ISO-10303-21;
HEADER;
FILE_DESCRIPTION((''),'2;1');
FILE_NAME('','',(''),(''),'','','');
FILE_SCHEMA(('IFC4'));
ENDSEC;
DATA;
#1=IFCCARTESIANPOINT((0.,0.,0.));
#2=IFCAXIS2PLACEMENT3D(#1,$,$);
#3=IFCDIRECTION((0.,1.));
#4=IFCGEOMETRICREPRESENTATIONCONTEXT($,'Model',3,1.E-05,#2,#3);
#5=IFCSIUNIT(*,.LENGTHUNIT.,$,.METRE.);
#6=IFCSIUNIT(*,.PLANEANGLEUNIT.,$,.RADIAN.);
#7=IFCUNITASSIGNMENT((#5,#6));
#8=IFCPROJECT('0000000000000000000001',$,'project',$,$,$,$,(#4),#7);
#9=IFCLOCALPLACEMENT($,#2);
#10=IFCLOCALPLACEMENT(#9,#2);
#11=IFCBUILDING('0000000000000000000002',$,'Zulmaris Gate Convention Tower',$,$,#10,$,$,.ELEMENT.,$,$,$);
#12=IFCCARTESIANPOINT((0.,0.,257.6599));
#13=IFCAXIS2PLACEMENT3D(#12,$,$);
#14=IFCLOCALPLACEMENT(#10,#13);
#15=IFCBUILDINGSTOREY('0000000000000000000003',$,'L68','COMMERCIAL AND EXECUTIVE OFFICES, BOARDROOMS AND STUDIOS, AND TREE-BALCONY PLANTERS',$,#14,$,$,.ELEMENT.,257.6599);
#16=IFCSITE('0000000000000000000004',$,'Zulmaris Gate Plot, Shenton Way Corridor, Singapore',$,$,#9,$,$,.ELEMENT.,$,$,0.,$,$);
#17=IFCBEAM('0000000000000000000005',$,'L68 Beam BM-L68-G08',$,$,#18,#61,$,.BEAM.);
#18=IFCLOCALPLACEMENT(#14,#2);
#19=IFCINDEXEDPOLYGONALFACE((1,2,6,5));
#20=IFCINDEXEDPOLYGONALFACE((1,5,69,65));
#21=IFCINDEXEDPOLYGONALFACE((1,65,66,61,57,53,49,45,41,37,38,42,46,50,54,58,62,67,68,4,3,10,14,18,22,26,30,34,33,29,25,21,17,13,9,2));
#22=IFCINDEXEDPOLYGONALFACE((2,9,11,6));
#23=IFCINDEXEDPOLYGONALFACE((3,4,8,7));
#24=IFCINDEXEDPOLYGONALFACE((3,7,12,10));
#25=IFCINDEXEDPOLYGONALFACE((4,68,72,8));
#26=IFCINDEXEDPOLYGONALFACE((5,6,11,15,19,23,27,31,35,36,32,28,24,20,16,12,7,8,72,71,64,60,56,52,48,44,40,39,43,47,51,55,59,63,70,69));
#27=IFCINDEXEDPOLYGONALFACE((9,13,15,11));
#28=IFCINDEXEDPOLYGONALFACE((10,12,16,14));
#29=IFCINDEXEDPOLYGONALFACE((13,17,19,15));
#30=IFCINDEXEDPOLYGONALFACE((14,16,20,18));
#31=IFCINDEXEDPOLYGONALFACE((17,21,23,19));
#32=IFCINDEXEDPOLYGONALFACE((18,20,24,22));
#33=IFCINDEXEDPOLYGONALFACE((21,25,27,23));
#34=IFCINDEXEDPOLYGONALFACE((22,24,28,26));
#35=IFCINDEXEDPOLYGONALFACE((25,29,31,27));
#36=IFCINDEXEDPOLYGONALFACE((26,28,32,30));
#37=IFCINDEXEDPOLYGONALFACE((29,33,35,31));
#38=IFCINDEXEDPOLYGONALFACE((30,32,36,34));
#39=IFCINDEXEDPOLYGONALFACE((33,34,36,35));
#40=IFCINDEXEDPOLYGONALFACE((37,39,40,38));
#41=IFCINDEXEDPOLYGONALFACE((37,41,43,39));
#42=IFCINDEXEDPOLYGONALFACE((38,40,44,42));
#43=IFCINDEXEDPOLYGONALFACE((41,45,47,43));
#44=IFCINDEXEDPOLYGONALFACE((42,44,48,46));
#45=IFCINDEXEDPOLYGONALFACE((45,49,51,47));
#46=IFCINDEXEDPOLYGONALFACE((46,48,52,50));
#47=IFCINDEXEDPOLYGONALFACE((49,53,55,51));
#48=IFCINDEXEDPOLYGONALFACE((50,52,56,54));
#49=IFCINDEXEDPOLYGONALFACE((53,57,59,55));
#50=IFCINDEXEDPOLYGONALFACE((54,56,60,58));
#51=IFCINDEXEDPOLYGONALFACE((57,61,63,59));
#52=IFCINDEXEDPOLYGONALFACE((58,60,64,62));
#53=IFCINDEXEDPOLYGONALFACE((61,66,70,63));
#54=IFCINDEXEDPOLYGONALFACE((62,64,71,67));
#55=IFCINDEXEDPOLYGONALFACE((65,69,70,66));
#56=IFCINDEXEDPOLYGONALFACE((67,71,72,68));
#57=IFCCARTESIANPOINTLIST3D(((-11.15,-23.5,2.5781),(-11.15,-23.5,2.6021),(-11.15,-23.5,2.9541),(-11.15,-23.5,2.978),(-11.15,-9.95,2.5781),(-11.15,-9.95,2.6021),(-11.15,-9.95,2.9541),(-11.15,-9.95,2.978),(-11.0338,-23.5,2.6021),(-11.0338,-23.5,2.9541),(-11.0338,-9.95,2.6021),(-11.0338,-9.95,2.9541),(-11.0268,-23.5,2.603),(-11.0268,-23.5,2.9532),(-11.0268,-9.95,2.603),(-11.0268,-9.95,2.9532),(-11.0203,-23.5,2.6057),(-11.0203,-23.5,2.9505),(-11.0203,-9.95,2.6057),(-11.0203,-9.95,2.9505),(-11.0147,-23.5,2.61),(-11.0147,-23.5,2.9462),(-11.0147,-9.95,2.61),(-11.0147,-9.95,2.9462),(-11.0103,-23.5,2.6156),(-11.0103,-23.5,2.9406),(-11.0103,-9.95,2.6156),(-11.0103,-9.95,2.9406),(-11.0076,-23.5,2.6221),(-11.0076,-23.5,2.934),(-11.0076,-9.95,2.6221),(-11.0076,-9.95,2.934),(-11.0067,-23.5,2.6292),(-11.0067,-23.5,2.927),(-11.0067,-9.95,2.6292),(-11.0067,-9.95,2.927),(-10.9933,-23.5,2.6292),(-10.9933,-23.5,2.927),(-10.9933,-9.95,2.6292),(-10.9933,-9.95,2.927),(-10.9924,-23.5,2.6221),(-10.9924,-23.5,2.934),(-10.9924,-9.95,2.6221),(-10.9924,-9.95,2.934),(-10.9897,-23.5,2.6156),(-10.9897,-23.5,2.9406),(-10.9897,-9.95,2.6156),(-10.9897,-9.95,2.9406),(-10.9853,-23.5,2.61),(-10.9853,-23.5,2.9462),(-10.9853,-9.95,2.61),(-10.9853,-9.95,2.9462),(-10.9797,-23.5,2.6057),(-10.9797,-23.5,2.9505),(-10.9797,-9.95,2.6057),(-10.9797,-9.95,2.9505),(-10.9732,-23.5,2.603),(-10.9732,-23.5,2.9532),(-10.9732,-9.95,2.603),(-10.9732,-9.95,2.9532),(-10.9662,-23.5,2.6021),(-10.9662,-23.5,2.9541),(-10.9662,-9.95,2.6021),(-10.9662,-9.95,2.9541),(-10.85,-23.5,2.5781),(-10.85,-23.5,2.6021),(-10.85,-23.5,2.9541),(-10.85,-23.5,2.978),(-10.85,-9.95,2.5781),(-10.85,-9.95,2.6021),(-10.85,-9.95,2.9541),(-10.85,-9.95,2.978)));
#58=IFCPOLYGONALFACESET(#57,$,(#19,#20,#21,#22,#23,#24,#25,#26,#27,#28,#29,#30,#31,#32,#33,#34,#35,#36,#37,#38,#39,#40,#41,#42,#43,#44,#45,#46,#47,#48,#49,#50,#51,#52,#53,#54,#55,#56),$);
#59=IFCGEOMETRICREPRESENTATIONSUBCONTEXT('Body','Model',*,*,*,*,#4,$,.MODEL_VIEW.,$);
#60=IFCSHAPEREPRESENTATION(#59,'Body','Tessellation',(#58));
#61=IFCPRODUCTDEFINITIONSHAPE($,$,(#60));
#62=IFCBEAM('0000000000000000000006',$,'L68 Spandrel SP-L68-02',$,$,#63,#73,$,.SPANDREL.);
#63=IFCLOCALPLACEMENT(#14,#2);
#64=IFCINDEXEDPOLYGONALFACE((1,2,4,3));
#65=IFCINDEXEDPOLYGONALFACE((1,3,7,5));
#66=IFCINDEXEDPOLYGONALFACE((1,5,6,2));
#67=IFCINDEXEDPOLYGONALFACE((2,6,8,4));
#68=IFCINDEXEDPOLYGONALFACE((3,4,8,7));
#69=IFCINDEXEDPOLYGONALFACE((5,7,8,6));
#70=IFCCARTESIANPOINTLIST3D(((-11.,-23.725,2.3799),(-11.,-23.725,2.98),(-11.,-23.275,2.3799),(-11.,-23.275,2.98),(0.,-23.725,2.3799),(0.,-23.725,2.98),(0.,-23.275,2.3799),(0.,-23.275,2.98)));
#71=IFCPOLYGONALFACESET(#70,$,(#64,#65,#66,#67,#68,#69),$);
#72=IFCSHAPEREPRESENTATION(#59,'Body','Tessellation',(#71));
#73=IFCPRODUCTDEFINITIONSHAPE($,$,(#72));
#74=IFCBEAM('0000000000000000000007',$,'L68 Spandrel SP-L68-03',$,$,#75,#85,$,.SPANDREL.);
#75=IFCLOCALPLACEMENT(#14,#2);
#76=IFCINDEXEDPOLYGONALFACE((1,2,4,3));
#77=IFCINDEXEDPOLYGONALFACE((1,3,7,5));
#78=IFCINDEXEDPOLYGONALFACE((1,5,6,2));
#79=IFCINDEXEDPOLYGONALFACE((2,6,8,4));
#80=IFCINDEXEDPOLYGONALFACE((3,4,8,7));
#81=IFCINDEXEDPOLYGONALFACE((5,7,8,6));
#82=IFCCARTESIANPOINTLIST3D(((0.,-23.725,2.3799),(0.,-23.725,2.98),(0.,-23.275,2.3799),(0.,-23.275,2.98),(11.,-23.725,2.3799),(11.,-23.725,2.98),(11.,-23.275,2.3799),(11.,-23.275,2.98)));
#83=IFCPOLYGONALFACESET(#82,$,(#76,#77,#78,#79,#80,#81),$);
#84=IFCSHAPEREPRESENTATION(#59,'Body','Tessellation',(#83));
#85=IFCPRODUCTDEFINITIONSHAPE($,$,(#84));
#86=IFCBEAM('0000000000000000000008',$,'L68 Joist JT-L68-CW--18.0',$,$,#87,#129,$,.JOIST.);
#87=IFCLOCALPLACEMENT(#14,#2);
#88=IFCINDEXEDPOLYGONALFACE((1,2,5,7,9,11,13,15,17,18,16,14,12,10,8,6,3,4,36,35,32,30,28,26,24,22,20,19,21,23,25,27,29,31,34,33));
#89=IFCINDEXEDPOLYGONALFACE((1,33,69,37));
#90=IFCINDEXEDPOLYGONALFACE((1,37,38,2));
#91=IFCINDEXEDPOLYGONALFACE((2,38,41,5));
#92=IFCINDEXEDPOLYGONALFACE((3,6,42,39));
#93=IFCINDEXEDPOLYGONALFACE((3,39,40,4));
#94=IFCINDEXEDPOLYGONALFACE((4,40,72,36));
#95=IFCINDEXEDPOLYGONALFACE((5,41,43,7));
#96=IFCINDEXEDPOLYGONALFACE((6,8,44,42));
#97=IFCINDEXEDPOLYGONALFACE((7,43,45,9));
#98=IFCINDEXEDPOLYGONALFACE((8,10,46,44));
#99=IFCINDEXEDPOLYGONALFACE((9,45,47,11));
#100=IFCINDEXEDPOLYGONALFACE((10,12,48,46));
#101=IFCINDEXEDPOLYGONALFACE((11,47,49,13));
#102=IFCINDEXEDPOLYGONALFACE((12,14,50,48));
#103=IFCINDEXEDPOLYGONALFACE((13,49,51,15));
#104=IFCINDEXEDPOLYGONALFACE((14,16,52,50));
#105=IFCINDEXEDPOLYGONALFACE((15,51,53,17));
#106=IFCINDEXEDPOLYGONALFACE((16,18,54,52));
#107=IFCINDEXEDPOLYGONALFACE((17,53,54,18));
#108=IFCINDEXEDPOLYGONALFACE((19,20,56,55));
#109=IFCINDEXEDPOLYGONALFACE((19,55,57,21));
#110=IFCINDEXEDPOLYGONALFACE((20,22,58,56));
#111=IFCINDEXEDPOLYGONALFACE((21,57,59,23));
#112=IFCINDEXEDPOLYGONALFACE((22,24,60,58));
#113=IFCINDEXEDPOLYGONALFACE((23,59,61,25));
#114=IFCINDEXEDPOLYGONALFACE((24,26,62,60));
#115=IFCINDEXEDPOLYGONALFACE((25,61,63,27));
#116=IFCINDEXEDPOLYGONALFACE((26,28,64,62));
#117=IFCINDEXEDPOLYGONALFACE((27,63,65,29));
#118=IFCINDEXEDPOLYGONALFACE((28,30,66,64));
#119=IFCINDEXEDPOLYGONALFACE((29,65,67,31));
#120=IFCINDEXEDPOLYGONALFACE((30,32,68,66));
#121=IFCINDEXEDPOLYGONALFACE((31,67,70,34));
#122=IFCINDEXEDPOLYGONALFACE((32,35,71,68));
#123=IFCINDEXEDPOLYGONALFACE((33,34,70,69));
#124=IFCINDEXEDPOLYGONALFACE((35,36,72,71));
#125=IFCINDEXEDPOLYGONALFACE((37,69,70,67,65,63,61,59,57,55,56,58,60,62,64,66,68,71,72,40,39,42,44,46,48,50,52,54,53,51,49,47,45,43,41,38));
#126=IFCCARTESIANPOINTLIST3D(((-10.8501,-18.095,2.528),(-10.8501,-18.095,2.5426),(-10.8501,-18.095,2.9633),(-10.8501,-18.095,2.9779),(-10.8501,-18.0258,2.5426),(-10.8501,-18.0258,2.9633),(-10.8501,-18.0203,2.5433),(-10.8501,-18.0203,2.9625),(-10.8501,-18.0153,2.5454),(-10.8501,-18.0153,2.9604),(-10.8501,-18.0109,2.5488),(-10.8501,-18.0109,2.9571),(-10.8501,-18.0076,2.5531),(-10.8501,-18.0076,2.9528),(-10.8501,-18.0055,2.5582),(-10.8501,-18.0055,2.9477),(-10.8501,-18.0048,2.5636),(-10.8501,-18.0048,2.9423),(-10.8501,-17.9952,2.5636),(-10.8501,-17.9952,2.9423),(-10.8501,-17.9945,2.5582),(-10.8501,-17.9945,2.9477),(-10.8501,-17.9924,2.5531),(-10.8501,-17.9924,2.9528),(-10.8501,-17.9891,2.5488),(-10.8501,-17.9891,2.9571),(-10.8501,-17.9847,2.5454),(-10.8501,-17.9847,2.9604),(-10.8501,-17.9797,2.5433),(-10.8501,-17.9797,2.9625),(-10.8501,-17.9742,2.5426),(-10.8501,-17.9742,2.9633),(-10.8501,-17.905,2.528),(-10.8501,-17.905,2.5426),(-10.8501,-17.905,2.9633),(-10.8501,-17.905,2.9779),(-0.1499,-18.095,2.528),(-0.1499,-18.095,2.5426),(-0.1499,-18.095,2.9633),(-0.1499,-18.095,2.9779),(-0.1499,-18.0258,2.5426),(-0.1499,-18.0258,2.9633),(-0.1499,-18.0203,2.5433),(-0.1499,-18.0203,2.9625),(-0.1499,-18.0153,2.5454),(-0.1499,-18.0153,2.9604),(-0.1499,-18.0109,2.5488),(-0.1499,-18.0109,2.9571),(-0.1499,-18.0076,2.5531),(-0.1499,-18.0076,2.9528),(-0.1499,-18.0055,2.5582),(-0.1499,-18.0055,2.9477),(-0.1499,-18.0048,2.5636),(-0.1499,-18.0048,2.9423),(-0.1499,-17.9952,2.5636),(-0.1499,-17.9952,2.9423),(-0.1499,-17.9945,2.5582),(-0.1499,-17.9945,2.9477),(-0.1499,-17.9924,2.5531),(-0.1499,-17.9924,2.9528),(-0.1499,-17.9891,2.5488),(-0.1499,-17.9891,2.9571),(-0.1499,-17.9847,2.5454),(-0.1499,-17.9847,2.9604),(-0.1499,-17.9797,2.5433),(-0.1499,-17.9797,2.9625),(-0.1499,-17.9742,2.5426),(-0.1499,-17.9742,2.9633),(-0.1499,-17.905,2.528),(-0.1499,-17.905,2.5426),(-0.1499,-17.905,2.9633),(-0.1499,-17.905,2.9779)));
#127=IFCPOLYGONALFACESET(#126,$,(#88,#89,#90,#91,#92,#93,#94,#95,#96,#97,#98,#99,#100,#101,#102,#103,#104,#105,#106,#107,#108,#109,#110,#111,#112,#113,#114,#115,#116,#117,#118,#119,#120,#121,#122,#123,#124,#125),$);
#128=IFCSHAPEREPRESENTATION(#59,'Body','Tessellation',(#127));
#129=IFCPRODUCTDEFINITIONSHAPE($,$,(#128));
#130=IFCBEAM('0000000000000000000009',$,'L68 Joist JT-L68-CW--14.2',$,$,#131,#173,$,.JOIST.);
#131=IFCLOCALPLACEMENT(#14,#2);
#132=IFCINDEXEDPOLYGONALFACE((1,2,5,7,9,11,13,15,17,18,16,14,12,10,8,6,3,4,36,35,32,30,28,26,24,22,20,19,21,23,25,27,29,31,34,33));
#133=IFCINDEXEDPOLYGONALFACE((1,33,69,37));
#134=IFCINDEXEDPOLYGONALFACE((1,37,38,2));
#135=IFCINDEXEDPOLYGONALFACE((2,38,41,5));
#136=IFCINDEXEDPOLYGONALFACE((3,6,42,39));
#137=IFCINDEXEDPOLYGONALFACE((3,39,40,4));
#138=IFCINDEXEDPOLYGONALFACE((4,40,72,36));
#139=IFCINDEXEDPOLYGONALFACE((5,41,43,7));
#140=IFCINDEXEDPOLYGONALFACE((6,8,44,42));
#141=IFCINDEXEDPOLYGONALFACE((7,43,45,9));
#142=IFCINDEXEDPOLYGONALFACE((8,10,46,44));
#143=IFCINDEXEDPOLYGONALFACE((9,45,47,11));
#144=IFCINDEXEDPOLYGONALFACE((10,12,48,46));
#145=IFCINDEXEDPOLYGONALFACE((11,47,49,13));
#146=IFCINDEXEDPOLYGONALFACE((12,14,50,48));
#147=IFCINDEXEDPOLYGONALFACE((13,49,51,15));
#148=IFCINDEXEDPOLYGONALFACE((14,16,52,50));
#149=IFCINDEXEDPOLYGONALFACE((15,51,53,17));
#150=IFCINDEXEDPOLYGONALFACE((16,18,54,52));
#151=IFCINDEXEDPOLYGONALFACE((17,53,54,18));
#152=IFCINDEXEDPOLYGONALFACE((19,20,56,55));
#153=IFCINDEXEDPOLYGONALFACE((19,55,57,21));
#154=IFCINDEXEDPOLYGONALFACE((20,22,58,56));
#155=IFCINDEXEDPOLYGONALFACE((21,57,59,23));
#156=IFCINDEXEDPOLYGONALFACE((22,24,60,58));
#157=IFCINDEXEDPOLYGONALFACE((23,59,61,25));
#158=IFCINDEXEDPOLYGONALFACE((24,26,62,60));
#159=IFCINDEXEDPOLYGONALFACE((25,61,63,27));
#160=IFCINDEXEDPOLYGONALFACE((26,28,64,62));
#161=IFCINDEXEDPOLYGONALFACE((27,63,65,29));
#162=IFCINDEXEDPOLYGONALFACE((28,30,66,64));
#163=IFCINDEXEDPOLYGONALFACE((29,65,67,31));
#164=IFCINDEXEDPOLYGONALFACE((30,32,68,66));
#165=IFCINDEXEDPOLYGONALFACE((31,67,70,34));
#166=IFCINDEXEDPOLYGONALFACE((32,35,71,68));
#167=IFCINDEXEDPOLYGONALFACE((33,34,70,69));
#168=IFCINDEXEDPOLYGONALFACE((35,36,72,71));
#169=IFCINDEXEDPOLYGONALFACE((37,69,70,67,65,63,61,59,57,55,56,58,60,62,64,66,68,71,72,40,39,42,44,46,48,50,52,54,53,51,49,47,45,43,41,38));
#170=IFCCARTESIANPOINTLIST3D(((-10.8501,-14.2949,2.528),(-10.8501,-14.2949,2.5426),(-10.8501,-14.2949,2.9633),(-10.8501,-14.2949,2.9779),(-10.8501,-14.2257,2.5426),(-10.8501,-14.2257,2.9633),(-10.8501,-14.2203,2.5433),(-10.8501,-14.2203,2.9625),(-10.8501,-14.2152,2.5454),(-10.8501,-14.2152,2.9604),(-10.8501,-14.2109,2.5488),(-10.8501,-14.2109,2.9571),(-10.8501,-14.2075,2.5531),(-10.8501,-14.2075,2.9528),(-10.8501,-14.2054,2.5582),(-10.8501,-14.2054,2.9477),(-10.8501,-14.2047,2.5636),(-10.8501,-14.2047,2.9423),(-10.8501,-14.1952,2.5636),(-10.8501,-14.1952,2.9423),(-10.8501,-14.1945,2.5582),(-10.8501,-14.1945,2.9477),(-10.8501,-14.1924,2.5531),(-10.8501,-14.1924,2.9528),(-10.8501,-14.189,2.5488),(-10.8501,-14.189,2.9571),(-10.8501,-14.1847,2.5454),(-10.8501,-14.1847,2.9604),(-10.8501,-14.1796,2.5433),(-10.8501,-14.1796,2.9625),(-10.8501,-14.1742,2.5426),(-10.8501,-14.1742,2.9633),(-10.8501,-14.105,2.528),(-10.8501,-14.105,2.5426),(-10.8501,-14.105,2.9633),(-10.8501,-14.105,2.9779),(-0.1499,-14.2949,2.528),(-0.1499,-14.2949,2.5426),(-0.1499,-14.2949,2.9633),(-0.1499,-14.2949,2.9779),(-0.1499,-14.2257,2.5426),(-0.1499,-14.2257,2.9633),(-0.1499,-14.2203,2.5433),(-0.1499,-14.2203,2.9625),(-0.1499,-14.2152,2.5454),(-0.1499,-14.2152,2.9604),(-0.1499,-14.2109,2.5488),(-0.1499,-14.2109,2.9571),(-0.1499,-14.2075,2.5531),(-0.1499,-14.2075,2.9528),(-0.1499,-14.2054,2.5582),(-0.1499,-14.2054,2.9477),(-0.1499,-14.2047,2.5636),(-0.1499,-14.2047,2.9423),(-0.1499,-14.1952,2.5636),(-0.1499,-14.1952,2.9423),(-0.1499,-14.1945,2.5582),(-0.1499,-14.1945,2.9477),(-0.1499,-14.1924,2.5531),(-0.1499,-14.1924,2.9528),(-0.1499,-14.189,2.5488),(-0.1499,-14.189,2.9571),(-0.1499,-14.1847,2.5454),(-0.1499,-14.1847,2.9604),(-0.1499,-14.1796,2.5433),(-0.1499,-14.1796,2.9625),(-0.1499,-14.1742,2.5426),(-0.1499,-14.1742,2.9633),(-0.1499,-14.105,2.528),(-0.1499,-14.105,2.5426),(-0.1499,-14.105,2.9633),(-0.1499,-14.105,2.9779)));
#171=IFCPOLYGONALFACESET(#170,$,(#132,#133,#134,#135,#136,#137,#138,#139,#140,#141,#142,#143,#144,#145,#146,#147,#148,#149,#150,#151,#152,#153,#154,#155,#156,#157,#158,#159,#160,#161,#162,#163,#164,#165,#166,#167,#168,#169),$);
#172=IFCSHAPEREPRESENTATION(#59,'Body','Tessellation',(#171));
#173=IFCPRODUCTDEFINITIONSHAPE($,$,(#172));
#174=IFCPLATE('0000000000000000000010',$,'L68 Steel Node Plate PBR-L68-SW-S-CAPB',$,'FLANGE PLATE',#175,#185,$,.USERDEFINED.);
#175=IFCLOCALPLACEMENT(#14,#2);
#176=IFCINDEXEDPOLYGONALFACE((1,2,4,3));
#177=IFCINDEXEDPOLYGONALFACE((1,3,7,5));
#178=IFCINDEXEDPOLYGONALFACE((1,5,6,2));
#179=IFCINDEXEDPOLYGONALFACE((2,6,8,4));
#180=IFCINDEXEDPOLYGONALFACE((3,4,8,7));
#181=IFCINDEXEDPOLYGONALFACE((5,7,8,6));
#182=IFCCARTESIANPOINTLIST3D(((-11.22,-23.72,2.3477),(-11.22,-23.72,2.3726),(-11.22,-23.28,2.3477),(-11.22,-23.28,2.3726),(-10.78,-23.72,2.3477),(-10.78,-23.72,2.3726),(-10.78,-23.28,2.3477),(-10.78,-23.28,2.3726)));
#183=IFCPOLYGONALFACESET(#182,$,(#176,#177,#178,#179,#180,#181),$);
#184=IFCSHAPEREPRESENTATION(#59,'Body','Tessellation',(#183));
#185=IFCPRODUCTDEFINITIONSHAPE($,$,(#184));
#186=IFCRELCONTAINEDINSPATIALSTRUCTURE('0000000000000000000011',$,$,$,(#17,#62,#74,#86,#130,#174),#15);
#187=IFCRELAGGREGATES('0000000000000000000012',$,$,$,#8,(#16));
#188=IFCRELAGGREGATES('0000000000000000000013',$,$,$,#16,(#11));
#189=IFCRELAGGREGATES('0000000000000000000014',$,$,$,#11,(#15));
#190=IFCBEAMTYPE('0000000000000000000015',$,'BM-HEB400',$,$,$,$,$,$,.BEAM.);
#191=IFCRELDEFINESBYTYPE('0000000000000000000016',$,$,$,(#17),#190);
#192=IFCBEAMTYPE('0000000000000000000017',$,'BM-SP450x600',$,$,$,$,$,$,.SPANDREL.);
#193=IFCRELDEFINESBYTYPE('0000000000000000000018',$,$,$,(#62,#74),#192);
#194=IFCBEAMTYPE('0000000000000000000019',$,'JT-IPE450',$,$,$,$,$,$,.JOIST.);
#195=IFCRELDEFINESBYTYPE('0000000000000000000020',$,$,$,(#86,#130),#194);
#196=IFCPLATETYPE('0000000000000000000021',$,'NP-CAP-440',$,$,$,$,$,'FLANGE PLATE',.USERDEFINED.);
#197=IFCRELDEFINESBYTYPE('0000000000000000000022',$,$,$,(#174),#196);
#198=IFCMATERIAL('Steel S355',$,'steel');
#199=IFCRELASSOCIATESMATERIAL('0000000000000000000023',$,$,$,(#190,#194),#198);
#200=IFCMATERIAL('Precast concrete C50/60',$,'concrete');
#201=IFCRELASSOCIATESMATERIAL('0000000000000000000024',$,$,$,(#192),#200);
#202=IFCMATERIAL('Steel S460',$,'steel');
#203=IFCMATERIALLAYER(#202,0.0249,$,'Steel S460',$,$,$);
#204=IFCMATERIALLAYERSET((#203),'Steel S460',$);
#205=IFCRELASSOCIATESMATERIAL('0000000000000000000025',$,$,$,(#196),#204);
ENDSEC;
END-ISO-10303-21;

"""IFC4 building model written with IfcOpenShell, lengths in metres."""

from ifc_helpers import new_model, si_unit, direction, frame, origin, origin_2d, place, context, subcontext, project, spatial, rectangle, i_section, extrude, material, layer, layer_set, material_profile, profile_set, type_object, element, save


model = new_model("IFC4")

# Units and contexts
model_context = context("Model", 3, precision=1e-05, world=origin(), true_north=direction((0.0, 1.0)))
body_context = subcontext(model_context, "Body", "Model", "MODEL_VIEW")
ifc_project = project(units=[si_unit("LENGTHUNIT", "METRE"), si_unit("PLANEANGLEUNIT", "RADIAN")], contexts=[model_context])

# Site, building, storey
site_placement = place(None, origin())
site = spatial("IfcSite", under=ifc_project, at=site_placement, Name="Zulmaris Gate Plot, Shenton Way Corridor, Singapore", CompositionType="ELEMENT", RefElevation=0.0)
building_placement = place(site_placement, origin())
building = spatial("IfcBuilding", under=site, at=building_placement, Name="Zulmaris Gate Convention Tower", CompositionType="ELEMENT")
storey_placement = place(building_placement, frame((0.0, 0.0, 257.6599)))
storey = spatial("IfcBuildingStorey", under=building, at=storey_placement, Name="L68", Description="COMMERCIAL AND EXECUTIVE OFFICES, BOARDROOMS AND STUDIOS, AND TREE-BALCONY PLANTERS", CompositionType="ELEMENT", Elevation=257.6599)

# Beams
ifc_material_1 = material(Name="Steel S355", Category="steel")
ifc_material_profile_1 = material_profile(ifc_material_1, i_section(OverallWidth=0.3, OverallDepth=0.3999, WebThickness=0.0134, FlangeThickness=0.0239, FilletRadius=0.0271, at=origin_2d()), Name="HEB 400")
ifc_profile_set_1 = profile_set([ifc_material_profile_1], Name="Steel S355")
beam_type_1 = type_object("IfcBeamType", Name="BM-HEB400", PredefinedType="BEAM", material=ifc_profile_set_1)
beam_1_placement = place(storey_placement, frame((-11.0, -23.5, 2.7781), z_axis=(0.0, 1.0, 0.0), x_axis=(-1.0, 0.0, 0.0)))
element("IfcBeam", 1, at=beam_1_placement, inside=storey, type_object=beam_type_1, Name="L68 Beam BM-L68-G08", PredefinedType="BEAM", context=body_context, shape_type="SweptSolid", body=[
    extrude(i_section(OverallWidth=0.3, OverallDepth=0.3999, WebThickness=0.0134, FlangeThickness=0.0239, FilletRadius=0.0271, at=origin_2d()), origin(), (0.0, 0.0, 1.0), 13.55),
])
ifc_material_2 = material(Name="Precast concrete C50/60", Category="concrete")
ifc_material_profile_2 = material_profile(ifc_material_2, rectangle(XDim=0.45, YDim=0.6001, at=origin_2d()), Name="RC SPANDREL 450x600")
ifc_profile_set_2 = profile_set([ifc_material_profile_2], Name="Precast concrete C50/60")
beam_type_2 = type_object("IfcBeamType", Name="BM-SP450x600", PredefinedType="SPANDREL", material=ifc_profile_set_2)
for number, where, z_axis, x_axis, name in (
    (2, (-11.0, -23.5, 2.6799), (1.0, 0.0, 0.0), (0.0, 1.0, 0.0), "L68 Spandrel SP-L68-02"),
    (3, (0.0, -23.5, 2.6799), (1.0, 0.0, 0.0), (0.0, 1.0, 0.0), "L68 Spandrel SP-L68-03"),
):
    element("IfcBeam", number, at=place(storey_placement, frame(where, z_axis=z_axis, x_axis=x_axis)), inside=storey, type_object=beam_type_2, Name=name, PredefinedType="SPANDREL", context=body_context, shape_type="SweptSolid", body=[
        extrude(rectangle(XDim=0.45, YDim=0.6001, at=origin_2d()), origin(), (0.0, 0.0, 1.0), 11.0),
    ])
ifc_material_profile_3 = material_profile(ifc_material_1, i_section(OverallWidth=0.1899, OverallDepth=0.45, WebThickness=0.0095, FlangeThickness=0.0146, FilletRadius=0.021, at=origin_2d()), Name="IPE 450")
ifc_profile_set_3 = profile_set([ifc_material_profile_3], Name="Steel S355")
beam_type_3 = type_object("IfcBeamType", Name="JT-IPE450", PredefinedType="JOIST", material=ifc_profile_set_3)
for number, where, z_axis, x_axis, name in (
    (4, (-10.8501, -18.0, 2.7529), (1.0, 0.0, 0.0), (0.0, 1.0, 0.0), "L68 Joist JT-L68-CW--18.0"),
    (5, (-10.8501, -14.2, 2.7529), (1.0, 0.0, 0.0), (0.0, 1.0, 0.0), "L68 Joist JT-L68-CW--14.2"),
):
    element("IfcBeam", number, at=place(storey_placement, frame(where, z_axis=z_axis, x_axis=x_axis)), inside=storey, type_object=beam_type_3, Name=name, PredefinedType="JOIST", context=body_context, shape_type="SweptSolid", body=[
        extrude(i_section(OverallWidth=0.1899, OverallDepth=0.45, WebThickness=0.0095, FlangeThickness=0.0146, FilletRadius=0.021, at=origin_2d()), origin(), (0.0, 0.0, 1.0), 10.7002),
    ])

# Plate
ifc_material_3 = material(Name="Steel S460", Category="steel")
ifc_layer_1 = layer(ifc_material_3, 0.0249, Name="Steel S460")
ifc_layer_set_1 = layer_set([ifc_layer_1], Name="Steel S460")
plate_type = type_object("IfcPlateType", Name="NP-CAP-440", ElementType="FLANGE PLATE", PredefinedType="USERDEFINED", material=ifc_layer_set_1)
plate_placement = place(storey_placement, frame((-11.0, -23.5, 2.3477), z_axis=(0.0, 0.0, 1.0), x_axis=(1.0, 0.0, 0.0)))
element("IfcPlate", 6, at=plate_placement, inside=storey, type_object=plate_type, Name="L68 Steel Node Plate PBR-L68-SW-S-CAPB", ObjectType="FLANGE PLATE", PredefinedType="USERDEFINED", context=body_context, shape_type="SweptSolid", body=[
    extrude(rectangle(XDim=0.4399, YDim=0.4399, at=origin_2d()), origin(), (0.0, 0.0, 1.0), 0.0249),
])

save(model, "model.ifc")
